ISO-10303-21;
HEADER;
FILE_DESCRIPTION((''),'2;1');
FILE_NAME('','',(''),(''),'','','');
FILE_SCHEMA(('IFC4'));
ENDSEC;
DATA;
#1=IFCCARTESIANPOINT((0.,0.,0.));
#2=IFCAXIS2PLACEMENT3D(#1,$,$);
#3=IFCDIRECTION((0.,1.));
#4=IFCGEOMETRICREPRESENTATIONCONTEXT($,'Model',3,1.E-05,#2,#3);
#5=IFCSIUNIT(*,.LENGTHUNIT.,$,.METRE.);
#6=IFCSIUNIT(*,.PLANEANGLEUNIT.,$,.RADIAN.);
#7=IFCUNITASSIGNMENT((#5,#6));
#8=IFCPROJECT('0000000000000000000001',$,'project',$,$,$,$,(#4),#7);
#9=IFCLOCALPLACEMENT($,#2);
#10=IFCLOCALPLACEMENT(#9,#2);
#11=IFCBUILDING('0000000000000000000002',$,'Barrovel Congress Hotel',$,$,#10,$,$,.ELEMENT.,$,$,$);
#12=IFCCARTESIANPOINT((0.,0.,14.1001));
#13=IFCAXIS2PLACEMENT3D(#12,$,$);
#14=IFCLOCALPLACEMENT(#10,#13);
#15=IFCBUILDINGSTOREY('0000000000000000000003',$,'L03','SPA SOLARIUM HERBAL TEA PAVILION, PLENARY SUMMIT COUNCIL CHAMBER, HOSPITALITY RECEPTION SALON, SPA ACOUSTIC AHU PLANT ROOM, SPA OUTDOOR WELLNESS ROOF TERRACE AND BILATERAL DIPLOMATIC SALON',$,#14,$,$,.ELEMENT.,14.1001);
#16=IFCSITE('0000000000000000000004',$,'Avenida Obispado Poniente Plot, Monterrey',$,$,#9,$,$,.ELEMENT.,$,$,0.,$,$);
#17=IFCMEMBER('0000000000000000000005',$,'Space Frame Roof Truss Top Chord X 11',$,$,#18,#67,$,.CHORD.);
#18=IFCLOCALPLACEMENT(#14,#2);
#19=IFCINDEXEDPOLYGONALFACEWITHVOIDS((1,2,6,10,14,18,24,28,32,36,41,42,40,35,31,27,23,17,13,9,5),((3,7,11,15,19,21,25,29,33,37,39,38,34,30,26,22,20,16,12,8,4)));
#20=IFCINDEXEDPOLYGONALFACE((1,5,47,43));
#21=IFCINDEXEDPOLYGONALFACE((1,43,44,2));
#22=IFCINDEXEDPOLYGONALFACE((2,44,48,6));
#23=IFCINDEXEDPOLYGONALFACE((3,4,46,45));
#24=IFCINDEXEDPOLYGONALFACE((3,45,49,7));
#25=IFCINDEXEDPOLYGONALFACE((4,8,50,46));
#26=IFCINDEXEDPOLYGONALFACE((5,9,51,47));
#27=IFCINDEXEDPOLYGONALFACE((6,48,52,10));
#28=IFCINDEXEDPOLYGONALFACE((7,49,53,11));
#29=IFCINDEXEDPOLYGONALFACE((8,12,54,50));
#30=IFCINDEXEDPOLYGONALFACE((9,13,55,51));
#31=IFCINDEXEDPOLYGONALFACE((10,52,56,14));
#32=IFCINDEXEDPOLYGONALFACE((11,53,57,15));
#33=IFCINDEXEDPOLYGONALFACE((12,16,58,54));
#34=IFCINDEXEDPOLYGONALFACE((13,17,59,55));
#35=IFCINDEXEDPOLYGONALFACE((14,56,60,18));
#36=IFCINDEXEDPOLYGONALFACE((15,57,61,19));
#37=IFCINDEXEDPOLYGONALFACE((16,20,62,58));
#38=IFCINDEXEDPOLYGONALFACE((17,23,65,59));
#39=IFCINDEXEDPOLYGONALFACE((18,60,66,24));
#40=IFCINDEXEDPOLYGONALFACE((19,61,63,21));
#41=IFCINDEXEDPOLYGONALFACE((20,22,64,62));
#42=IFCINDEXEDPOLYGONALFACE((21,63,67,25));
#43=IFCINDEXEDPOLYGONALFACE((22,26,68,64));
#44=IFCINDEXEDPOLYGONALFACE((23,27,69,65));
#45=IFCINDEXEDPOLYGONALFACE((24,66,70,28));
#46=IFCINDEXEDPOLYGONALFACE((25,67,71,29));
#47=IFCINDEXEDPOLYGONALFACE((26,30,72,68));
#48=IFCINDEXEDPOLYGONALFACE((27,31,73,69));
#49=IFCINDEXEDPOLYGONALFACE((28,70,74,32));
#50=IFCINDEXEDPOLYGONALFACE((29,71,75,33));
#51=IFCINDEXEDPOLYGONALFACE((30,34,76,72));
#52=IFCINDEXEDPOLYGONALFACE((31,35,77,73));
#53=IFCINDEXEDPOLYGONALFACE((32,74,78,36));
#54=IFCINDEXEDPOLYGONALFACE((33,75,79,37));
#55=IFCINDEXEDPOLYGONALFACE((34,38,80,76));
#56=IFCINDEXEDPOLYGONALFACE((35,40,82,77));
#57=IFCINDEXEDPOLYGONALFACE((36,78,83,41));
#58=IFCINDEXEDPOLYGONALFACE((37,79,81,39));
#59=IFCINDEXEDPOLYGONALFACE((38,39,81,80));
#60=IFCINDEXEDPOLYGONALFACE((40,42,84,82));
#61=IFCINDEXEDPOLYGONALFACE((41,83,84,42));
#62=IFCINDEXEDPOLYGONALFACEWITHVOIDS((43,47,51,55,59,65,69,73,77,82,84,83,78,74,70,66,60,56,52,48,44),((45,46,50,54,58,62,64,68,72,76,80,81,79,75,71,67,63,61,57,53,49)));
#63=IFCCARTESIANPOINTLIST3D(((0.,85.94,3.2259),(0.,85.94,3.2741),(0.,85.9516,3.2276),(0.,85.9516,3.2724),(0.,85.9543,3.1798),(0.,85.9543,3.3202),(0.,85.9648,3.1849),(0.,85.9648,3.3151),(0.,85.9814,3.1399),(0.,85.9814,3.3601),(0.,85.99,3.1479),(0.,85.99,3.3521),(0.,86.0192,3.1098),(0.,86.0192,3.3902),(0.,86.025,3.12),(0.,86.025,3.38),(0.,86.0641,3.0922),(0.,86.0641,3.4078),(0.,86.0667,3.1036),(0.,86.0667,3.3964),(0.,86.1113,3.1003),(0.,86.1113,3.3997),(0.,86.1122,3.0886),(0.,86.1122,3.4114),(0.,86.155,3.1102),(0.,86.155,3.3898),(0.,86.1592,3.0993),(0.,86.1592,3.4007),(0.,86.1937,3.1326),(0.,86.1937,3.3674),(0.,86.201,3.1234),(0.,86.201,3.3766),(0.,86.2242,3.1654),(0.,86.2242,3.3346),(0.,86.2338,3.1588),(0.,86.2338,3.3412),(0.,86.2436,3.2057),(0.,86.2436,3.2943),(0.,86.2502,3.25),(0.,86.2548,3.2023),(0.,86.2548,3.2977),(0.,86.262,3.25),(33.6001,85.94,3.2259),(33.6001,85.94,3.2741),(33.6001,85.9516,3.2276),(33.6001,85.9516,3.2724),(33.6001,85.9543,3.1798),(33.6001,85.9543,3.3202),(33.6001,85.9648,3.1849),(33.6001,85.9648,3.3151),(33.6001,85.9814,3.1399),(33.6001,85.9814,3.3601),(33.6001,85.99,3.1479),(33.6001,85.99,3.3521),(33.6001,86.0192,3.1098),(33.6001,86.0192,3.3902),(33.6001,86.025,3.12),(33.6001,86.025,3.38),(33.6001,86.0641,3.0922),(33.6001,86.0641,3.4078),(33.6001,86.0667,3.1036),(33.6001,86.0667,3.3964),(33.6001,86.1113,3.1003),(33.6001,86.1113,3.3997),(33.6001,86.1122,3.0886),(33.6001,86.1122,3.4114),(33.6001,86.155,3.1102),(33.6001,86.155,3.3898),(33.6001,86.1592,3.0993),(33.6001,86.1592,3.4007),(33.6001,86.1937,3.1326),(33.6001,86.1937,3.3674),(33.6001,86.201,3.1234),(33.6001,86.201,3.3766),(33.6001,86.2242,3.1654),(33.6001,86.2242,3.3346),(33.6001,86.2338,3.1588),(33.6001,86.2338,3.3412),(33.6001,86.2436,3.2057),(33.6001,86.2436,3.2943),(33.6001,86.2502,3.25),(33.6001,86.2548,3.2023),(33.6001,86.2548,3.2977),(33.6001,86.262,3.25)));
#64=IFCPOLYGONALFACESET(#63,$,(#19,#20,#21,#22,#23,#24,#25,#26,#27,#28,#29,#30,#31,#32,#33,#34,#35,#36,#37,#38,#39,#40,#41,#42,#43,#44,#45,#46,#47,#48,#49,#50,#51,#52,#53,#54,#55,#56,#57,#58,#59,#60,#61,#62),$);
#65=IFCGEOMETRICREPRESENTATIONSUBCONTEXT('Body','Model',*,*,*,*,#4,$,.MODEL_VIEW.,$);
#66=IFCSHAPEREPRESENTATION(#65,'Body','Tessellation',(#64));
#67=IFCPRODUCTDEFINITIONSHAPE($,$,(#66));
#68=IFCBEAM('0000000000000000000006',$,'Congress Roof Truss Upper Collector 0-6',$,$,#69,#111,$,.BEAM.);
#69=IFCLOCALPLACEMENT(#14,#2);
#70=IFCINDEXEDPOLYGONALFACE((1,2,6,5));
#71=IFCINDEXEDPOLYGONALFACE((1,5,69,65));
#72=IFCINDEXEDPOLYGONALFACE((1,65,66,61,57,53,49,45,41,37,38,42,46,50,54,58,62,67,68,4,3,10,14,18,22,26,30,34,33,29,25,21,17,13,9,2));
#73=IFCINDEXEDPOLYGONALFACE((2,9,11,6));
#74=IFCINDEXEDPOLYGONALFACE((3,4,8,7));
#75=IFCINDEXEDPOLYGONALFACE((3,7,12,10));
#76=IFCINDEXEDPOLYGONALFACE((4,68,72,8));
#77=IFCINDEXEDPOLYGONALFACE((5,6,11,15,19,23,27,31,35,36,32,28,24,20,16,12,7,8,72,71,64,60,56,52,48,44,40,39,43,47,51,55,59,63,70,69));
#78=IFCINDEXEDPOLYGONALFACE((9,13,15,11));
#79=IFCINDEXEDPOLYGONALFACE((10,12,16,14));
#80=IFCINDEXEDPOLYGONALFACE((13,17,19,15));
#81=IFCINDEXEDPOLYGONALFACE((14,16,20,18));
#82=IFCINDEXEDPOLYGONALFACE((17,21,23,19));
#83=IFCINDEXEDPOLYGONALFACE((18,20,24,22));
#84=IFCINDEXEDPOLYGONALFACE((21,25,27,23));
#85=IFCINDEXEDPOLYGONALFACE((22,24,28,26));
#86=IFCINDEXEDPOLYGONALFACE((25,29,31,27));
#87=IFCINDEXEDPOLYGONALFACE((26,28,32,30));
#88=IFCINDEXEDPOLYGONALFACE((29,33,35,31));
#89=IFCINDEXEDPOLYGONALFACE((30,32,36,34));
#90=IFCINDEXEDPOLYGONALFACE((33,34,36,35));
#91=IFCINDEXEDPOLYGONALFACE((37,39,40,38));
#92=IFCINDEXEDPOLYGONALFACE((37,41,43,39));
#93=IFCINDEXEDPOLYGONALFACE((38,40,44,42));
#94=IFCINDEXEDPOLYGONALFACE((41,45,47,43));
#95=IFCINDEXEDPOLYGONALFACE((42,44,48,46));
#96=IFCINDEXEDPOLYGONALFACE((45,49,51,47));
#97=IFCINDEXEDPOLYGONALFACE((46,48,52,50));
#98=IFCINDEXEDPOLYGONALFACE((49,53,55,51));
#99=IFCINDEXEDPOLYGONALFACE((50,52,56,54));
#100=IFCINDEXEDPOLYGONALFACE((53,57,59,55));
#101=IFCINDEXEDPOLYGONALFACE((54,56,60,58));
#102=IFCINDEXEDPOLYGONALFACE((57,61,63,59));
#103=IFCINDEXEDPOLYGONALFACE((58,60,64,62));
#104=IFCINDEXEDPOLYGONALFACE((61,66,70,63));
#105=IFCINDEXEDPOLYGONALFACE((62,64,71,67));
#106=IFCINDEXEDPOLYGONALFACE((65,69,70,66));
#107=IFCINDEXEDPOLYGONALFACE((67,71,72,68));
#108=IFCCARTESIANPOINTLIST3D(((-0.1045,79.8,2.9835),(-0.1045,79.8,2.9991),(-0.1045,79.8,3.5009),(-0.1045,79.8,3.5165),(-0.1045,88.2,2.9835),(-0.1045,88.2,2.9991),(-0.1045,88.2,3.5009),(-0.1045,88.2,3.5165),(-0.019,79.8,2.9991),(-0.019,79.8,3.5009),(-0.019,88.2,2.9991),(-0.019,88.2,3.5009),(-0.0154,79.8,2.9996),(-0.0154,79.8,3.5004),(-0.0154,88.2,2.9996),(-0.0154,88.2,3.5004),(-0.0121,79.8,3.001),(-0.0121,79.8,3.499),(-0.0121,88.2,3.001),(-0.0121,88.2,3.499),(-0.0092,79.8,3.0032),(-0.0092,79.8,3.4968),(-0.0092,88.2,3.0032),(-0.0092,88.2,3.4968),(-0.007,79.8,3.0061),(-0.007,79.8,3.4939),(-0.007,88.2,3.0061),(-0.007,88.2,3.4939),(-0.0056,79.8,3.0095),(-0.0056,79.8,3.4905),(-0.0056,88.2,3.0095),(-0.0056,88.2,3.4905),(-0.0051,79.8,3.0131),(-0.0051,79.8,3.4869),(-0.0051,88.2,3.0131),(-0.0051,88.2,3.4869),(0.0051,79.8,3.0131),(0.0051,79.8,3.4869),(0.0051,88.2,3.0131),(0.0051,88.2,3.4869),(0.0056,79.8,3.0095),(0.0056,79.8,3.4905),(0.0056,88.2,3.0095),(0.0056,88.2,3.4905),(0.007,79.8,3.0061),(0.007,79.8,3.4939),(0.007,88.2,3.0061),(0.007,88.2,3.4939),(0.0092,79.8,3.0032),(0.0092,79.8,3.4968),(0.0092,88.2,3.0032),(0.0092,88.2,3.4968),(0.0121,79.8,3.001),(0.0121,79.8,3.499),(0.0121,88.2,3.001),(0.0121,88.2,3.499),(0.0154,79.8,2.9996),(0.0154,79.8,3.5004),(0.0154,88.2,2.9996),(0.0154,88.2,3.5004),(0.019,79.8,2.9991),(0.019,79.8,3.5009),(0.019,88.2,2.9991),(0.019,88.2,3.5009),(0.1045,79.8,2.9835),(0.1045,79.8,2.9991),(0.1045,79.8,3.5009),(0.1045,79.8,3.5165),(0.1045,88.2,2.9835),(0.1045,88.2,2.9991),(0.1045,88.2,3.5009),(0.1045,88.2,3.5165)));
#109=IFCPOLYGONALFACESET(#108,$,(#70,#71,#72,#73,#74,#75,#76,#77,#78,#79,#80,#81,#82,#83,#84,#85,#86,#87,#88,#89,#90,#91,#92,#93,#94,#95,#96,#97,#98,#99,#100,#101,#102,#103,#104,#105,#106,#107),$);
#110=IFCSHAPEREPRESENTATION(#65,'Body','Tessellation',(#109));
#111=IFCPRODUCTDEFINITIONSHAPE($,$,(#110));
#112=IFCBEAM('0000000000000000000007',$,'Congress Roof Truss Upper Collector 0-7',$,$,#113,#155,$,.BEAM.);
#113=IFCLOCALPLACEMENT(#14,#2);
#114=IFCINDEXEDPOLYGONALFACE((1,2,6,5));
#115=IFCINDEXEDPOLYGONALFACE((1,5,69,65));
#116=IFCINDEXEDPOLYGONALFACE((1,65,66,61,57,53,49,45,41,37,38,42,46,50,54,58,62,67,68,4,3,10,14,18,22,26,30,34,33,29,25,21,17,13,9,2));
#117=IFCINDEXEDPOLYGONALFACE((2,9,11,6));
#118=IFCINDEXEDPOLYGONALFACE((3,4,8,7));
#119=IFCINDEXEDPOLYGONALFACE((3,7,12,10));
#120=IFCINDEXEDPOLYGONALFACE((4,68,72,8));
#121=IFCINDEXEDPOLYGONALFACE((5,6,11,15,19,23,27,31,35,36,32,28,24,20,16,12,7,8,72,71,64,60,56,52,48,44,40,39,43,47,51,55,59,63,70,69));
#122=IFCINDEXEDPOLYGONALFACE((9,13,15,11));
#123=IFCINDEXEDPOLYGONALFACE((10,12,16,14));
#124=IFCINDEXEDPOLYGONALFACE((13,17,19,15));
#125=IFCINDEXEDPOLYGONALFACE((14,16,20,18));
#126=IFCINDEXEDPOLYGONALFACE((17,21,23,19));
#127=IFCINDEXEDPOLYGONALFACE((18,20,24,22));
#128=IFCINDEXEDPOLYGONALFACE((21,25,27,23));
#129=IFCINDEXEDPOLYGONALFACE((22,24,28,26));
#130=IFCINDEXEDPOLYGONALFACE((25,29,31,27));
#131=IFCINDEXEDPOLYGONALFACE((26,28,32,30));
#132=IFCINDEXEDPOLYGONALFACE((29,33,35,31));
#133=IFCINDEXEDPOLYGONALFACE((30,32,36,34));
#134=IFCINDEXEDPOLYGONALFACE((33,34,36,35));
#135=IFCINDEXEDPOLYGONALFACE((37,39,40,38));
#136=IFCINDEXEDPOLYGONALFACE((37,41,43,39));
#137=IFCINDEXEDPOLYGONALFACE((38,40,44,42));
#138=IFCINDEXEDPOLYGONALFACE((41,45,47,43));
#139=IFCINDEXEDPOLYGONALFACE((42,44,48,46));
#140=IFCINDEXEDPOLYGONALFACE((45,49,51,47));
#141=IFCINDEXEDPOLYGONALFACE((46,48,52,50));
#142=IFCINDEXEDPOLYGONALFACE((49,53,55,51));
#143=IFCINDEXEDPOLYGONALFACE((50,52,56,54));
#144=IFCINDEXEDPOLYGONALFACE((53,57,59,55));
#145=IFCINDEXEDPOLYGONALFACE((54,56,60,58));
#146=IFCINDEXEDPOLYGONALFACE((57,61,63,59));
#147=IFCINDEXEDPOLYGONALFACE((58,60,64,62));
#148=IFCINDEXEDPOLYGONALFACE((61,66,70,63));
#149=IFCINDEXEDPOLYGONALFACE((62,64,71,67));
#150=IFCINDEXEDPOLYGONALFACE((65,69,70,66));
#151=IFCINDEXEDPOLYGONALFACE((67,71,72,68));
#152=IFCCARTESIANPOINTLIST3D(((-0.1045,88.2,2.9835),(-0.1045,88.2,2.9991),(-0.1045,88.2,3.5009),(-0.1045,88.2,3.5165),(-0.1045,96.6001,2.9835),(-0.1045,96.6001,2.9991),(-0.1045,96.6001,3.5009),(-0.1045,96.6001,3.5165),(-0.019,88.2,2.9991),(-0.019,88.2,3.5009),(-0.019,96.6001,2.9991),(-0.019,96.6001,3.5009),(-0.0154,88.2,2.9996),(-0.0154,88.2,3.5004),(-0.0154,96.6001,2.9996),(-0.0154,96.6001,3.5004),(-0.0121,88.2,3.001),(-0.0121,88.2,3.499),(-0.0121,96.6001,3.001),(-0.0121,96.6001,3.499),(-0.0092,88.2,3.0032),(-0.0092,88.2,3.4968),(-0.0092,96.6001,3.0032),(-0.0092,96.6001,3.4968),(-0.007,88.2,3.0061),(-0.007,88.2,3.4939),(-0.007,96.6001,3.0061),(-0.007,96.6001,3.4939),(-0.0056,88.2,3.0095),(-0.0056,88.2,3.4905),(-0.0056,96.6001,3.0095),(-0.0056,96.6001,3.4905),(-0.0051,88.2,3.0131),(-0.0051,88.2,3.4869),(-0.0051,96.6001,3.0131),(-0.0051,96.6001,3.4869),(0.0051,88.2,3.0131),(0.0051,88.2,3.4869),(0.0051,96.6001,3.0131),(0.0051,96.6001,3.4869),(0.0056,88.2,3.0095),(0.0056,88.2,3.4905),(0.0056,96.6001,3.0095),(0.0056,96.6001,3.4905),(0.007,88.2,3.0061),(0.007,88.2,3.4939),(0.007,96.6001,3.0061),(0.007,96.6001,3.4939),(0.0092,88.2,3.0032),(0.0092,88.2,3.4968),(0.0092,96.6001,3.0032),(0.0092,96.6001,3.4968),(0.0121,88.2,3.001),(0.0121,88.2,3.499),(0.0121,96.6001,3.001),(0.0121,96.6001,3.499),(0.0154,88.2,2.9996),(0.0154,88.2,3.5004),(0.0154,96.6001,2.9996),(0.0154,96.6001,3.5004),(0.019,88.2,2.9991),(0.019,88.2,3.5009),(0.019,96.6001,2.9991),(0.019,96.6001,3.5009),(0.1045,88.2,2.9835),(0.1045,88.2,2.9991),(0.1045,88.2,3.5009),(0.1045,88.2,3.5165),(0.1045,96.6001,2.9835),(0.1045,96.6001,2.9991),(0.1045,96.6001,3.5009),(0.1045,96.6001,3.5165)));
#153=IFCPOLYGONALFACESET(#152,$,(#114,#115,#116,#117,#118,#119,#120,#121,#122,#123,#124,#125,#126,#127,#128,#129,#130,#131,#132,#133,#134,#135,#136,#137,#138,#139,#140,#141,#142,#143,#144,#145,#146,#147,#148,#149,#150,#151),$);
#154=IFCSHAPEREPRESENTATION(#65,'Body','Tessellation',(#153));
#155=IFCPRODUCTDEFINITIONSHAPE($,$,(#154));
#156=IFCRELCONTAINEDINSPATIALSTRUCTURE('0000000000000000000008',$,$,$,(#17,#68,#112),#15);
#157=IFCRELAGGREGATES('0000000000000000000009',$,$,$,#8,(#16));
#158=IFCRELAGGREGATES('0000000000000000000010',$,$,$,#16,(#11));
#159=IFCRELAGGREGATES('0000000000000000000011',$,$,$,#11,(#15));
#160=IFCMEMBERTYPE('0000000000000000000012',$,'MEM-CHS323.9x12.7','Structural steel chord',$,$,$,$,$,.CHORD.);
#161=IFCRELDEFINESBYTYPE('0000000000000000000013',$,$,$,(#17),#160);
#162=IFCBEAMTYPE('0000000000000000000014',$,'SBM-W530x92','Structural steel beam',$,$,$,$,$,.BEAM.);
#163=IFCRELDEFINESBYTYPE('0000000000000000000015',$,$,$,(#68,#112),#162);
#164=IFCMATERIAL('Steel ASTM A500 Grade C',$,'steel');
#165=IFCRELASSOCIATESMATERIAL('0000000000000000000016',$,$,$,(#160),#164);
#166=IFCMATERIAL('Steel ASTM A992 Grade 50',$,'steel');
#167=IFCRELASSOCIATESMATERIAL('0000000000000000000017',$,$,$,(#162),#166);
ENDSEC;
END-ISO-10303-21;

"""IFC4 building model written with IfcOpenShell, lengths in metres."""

from ifc_helpers import new_model, si_unit, direction, frame, origin, origin_2d, place, context, subcontext, project, spatial, hollow_circle, i_section, extrude, material, material_profile, profile_set, type_object, element, save


model = new_model("IFC4")

# Units and contexts
model_context = context("Model", 3, precision=1e-05, world=origin(), true_north=direction((0.0, 1.0)))
body_context = subcontext(model_context, "Body", "Model", "MODEL_VIEW")
ifc_project = project(units=[si_unit("LENGTHUNIT", "METRE"), si_unit("PLANEANGLEUNIT", "RADIAN")], contexts=[model_context])

# Site, building, storey
site_placement = place(None, origin())
site = spatial("IfcSite", under=ifc_project, at=site_placement, Name="Avenida Obispado Poniente Plot, Monterrey", CompositionType="ELEMENT", RefElevation=0.0)
building_placement = place(site_placement, origin())
building = spatial("IfcBuilding", under=site, at=building_placement, Name="Barrovel Congress Hotel", CompositionType="ELEMENT")
storey_placement = place(building_placement, frame((0.0, 0.0, 14.1001)))
storey = spatial("IfcBuildingStorey", under=building, at=storey_placement, Name="L03", Description="SPA SOLARIUM HERBAL TEA PAVILION, PLENARY SUMMIT COUNCIL CHAMBER, HOSPITALITY RECEPTION SALON, SPA ACOUSTIC AHU PLANT ROOM, SPA OUTDOOR WELLNESS ROOF TERRACE AND BILATERAL DIPLOMATIC SALON", CompositionType="ELEMENT", Elevation=14.1001)

# Member
ifc_material_1 = material(Name="Steel ASTM A500 Grade C", Category="steel")
ifc_material_profile_1 = material_profile(ifc_material_1, hollow_circle(Radius=0.1619, WallThickness=0.0117, at=origin_2d()), Name="CHS323.9x12.7")
ifc_profile_set_1 = profile_set([ifc_material_profile_1], Name="Steel ASTM A500 Grade C")
member_type_1 = type_object("IfcMemberType", Name="MEM-CHS323.9x12.7", Description="Structural steel chord", PredefinedType="CHORD", material=ifc_profile_set_1)
for number, where, z_axis, x_axis, name in (
    (1, (0.0, 86.1001, 3.25), (1.0, 0.0, 0.0), (0.0, 1.0, 0.0), "Space Frame Roof Truss Top Chord X 11"),
):
    element("IfcMember", number, at=place(storey_placement, frame(where, z_axis=z_axis, x_axis=x_axis)), inside=storey, type_object=member_type_1, Name=name, PredefinedType="CHORD", context=body_context, shape_type="SweptSolid", body=[
        extrude(hollow_circle(Radius=0.1619, WallThickness=0.0117, at=origin_2d()), origin(), (0.0, 0.0, 1.0), 33.6001),
    ])

# Beams
ifc_material_2 = material(Name="Steel ASTM A992 Grade 50", Category="steel")
ifc_material_profile_2 = material_profile(ifc_material_2, i_section(OverallWidth=0.209, OverallDepth=0.533, WebThickness=0.0103, FlangeThickness=0.0156, FilletRadius=0.0139, at=origin_2d()), Name="W530x92")
ifc_profile_set_2 = profile_set([ifc_material_profile_2], Name="Steel ASTM A992 Grade 50")
beam_type_1 = type_object("IfcBeamType", Name="SBM-W530x92", Description="Structural steel beam", PredefinedType="BEAM", material=ifc_profile_set_2)
beam_1_placement = place(storey_placement, frame((0.0, 79.8, 3.25), z_axis=(0.0, 1.0, 0.0), x_axis=(-1.0, 0.0, 0.0)))
element("IfcBeam", 2, at=beam_1_placement, inside=storey, type_object=beam_type_1, Name="Congress Roof Truss Upper Collector 0-6", PredefinedType="BEAM", context=body_context, shape_type="SweptSolid", body=[
    extrude(i_section(OverallWidth=0.209, OverallDepth=0.533, WebThickness=0.0103, FlangeThickness=0.0156, FilletRadius=0.0139, at=origin_2d()), origin(), (0.0, 0.0, 1.0), 8.3999),
])
beam_2_placement = place(storey_placement, frame((0.0, 88.2, 3.25), z_axis=(0.0, 1.0, 0.0), x_axis=(-1.0, 0.0, 0.0)))
element("IfcBeam", 3, at=beam_2_placement, inside=storey, type_object=beam_type_1, Name="Congress Roof Truss Upper Collector 0-7", PredefinedType="BEAM", context=body_context, shape_type="SweptSolid", body=[
    extrude(i_section(OverallWidth=0.209, OverallDepth=0.533, WebThickness=0.0103, FlangeThickness=0.0156, FilletRadius=0.0139, at=origin_2d()), origin(), (0.0, 0.0, 1.0), 8.4001),
])

save(model, "model.ifc")
